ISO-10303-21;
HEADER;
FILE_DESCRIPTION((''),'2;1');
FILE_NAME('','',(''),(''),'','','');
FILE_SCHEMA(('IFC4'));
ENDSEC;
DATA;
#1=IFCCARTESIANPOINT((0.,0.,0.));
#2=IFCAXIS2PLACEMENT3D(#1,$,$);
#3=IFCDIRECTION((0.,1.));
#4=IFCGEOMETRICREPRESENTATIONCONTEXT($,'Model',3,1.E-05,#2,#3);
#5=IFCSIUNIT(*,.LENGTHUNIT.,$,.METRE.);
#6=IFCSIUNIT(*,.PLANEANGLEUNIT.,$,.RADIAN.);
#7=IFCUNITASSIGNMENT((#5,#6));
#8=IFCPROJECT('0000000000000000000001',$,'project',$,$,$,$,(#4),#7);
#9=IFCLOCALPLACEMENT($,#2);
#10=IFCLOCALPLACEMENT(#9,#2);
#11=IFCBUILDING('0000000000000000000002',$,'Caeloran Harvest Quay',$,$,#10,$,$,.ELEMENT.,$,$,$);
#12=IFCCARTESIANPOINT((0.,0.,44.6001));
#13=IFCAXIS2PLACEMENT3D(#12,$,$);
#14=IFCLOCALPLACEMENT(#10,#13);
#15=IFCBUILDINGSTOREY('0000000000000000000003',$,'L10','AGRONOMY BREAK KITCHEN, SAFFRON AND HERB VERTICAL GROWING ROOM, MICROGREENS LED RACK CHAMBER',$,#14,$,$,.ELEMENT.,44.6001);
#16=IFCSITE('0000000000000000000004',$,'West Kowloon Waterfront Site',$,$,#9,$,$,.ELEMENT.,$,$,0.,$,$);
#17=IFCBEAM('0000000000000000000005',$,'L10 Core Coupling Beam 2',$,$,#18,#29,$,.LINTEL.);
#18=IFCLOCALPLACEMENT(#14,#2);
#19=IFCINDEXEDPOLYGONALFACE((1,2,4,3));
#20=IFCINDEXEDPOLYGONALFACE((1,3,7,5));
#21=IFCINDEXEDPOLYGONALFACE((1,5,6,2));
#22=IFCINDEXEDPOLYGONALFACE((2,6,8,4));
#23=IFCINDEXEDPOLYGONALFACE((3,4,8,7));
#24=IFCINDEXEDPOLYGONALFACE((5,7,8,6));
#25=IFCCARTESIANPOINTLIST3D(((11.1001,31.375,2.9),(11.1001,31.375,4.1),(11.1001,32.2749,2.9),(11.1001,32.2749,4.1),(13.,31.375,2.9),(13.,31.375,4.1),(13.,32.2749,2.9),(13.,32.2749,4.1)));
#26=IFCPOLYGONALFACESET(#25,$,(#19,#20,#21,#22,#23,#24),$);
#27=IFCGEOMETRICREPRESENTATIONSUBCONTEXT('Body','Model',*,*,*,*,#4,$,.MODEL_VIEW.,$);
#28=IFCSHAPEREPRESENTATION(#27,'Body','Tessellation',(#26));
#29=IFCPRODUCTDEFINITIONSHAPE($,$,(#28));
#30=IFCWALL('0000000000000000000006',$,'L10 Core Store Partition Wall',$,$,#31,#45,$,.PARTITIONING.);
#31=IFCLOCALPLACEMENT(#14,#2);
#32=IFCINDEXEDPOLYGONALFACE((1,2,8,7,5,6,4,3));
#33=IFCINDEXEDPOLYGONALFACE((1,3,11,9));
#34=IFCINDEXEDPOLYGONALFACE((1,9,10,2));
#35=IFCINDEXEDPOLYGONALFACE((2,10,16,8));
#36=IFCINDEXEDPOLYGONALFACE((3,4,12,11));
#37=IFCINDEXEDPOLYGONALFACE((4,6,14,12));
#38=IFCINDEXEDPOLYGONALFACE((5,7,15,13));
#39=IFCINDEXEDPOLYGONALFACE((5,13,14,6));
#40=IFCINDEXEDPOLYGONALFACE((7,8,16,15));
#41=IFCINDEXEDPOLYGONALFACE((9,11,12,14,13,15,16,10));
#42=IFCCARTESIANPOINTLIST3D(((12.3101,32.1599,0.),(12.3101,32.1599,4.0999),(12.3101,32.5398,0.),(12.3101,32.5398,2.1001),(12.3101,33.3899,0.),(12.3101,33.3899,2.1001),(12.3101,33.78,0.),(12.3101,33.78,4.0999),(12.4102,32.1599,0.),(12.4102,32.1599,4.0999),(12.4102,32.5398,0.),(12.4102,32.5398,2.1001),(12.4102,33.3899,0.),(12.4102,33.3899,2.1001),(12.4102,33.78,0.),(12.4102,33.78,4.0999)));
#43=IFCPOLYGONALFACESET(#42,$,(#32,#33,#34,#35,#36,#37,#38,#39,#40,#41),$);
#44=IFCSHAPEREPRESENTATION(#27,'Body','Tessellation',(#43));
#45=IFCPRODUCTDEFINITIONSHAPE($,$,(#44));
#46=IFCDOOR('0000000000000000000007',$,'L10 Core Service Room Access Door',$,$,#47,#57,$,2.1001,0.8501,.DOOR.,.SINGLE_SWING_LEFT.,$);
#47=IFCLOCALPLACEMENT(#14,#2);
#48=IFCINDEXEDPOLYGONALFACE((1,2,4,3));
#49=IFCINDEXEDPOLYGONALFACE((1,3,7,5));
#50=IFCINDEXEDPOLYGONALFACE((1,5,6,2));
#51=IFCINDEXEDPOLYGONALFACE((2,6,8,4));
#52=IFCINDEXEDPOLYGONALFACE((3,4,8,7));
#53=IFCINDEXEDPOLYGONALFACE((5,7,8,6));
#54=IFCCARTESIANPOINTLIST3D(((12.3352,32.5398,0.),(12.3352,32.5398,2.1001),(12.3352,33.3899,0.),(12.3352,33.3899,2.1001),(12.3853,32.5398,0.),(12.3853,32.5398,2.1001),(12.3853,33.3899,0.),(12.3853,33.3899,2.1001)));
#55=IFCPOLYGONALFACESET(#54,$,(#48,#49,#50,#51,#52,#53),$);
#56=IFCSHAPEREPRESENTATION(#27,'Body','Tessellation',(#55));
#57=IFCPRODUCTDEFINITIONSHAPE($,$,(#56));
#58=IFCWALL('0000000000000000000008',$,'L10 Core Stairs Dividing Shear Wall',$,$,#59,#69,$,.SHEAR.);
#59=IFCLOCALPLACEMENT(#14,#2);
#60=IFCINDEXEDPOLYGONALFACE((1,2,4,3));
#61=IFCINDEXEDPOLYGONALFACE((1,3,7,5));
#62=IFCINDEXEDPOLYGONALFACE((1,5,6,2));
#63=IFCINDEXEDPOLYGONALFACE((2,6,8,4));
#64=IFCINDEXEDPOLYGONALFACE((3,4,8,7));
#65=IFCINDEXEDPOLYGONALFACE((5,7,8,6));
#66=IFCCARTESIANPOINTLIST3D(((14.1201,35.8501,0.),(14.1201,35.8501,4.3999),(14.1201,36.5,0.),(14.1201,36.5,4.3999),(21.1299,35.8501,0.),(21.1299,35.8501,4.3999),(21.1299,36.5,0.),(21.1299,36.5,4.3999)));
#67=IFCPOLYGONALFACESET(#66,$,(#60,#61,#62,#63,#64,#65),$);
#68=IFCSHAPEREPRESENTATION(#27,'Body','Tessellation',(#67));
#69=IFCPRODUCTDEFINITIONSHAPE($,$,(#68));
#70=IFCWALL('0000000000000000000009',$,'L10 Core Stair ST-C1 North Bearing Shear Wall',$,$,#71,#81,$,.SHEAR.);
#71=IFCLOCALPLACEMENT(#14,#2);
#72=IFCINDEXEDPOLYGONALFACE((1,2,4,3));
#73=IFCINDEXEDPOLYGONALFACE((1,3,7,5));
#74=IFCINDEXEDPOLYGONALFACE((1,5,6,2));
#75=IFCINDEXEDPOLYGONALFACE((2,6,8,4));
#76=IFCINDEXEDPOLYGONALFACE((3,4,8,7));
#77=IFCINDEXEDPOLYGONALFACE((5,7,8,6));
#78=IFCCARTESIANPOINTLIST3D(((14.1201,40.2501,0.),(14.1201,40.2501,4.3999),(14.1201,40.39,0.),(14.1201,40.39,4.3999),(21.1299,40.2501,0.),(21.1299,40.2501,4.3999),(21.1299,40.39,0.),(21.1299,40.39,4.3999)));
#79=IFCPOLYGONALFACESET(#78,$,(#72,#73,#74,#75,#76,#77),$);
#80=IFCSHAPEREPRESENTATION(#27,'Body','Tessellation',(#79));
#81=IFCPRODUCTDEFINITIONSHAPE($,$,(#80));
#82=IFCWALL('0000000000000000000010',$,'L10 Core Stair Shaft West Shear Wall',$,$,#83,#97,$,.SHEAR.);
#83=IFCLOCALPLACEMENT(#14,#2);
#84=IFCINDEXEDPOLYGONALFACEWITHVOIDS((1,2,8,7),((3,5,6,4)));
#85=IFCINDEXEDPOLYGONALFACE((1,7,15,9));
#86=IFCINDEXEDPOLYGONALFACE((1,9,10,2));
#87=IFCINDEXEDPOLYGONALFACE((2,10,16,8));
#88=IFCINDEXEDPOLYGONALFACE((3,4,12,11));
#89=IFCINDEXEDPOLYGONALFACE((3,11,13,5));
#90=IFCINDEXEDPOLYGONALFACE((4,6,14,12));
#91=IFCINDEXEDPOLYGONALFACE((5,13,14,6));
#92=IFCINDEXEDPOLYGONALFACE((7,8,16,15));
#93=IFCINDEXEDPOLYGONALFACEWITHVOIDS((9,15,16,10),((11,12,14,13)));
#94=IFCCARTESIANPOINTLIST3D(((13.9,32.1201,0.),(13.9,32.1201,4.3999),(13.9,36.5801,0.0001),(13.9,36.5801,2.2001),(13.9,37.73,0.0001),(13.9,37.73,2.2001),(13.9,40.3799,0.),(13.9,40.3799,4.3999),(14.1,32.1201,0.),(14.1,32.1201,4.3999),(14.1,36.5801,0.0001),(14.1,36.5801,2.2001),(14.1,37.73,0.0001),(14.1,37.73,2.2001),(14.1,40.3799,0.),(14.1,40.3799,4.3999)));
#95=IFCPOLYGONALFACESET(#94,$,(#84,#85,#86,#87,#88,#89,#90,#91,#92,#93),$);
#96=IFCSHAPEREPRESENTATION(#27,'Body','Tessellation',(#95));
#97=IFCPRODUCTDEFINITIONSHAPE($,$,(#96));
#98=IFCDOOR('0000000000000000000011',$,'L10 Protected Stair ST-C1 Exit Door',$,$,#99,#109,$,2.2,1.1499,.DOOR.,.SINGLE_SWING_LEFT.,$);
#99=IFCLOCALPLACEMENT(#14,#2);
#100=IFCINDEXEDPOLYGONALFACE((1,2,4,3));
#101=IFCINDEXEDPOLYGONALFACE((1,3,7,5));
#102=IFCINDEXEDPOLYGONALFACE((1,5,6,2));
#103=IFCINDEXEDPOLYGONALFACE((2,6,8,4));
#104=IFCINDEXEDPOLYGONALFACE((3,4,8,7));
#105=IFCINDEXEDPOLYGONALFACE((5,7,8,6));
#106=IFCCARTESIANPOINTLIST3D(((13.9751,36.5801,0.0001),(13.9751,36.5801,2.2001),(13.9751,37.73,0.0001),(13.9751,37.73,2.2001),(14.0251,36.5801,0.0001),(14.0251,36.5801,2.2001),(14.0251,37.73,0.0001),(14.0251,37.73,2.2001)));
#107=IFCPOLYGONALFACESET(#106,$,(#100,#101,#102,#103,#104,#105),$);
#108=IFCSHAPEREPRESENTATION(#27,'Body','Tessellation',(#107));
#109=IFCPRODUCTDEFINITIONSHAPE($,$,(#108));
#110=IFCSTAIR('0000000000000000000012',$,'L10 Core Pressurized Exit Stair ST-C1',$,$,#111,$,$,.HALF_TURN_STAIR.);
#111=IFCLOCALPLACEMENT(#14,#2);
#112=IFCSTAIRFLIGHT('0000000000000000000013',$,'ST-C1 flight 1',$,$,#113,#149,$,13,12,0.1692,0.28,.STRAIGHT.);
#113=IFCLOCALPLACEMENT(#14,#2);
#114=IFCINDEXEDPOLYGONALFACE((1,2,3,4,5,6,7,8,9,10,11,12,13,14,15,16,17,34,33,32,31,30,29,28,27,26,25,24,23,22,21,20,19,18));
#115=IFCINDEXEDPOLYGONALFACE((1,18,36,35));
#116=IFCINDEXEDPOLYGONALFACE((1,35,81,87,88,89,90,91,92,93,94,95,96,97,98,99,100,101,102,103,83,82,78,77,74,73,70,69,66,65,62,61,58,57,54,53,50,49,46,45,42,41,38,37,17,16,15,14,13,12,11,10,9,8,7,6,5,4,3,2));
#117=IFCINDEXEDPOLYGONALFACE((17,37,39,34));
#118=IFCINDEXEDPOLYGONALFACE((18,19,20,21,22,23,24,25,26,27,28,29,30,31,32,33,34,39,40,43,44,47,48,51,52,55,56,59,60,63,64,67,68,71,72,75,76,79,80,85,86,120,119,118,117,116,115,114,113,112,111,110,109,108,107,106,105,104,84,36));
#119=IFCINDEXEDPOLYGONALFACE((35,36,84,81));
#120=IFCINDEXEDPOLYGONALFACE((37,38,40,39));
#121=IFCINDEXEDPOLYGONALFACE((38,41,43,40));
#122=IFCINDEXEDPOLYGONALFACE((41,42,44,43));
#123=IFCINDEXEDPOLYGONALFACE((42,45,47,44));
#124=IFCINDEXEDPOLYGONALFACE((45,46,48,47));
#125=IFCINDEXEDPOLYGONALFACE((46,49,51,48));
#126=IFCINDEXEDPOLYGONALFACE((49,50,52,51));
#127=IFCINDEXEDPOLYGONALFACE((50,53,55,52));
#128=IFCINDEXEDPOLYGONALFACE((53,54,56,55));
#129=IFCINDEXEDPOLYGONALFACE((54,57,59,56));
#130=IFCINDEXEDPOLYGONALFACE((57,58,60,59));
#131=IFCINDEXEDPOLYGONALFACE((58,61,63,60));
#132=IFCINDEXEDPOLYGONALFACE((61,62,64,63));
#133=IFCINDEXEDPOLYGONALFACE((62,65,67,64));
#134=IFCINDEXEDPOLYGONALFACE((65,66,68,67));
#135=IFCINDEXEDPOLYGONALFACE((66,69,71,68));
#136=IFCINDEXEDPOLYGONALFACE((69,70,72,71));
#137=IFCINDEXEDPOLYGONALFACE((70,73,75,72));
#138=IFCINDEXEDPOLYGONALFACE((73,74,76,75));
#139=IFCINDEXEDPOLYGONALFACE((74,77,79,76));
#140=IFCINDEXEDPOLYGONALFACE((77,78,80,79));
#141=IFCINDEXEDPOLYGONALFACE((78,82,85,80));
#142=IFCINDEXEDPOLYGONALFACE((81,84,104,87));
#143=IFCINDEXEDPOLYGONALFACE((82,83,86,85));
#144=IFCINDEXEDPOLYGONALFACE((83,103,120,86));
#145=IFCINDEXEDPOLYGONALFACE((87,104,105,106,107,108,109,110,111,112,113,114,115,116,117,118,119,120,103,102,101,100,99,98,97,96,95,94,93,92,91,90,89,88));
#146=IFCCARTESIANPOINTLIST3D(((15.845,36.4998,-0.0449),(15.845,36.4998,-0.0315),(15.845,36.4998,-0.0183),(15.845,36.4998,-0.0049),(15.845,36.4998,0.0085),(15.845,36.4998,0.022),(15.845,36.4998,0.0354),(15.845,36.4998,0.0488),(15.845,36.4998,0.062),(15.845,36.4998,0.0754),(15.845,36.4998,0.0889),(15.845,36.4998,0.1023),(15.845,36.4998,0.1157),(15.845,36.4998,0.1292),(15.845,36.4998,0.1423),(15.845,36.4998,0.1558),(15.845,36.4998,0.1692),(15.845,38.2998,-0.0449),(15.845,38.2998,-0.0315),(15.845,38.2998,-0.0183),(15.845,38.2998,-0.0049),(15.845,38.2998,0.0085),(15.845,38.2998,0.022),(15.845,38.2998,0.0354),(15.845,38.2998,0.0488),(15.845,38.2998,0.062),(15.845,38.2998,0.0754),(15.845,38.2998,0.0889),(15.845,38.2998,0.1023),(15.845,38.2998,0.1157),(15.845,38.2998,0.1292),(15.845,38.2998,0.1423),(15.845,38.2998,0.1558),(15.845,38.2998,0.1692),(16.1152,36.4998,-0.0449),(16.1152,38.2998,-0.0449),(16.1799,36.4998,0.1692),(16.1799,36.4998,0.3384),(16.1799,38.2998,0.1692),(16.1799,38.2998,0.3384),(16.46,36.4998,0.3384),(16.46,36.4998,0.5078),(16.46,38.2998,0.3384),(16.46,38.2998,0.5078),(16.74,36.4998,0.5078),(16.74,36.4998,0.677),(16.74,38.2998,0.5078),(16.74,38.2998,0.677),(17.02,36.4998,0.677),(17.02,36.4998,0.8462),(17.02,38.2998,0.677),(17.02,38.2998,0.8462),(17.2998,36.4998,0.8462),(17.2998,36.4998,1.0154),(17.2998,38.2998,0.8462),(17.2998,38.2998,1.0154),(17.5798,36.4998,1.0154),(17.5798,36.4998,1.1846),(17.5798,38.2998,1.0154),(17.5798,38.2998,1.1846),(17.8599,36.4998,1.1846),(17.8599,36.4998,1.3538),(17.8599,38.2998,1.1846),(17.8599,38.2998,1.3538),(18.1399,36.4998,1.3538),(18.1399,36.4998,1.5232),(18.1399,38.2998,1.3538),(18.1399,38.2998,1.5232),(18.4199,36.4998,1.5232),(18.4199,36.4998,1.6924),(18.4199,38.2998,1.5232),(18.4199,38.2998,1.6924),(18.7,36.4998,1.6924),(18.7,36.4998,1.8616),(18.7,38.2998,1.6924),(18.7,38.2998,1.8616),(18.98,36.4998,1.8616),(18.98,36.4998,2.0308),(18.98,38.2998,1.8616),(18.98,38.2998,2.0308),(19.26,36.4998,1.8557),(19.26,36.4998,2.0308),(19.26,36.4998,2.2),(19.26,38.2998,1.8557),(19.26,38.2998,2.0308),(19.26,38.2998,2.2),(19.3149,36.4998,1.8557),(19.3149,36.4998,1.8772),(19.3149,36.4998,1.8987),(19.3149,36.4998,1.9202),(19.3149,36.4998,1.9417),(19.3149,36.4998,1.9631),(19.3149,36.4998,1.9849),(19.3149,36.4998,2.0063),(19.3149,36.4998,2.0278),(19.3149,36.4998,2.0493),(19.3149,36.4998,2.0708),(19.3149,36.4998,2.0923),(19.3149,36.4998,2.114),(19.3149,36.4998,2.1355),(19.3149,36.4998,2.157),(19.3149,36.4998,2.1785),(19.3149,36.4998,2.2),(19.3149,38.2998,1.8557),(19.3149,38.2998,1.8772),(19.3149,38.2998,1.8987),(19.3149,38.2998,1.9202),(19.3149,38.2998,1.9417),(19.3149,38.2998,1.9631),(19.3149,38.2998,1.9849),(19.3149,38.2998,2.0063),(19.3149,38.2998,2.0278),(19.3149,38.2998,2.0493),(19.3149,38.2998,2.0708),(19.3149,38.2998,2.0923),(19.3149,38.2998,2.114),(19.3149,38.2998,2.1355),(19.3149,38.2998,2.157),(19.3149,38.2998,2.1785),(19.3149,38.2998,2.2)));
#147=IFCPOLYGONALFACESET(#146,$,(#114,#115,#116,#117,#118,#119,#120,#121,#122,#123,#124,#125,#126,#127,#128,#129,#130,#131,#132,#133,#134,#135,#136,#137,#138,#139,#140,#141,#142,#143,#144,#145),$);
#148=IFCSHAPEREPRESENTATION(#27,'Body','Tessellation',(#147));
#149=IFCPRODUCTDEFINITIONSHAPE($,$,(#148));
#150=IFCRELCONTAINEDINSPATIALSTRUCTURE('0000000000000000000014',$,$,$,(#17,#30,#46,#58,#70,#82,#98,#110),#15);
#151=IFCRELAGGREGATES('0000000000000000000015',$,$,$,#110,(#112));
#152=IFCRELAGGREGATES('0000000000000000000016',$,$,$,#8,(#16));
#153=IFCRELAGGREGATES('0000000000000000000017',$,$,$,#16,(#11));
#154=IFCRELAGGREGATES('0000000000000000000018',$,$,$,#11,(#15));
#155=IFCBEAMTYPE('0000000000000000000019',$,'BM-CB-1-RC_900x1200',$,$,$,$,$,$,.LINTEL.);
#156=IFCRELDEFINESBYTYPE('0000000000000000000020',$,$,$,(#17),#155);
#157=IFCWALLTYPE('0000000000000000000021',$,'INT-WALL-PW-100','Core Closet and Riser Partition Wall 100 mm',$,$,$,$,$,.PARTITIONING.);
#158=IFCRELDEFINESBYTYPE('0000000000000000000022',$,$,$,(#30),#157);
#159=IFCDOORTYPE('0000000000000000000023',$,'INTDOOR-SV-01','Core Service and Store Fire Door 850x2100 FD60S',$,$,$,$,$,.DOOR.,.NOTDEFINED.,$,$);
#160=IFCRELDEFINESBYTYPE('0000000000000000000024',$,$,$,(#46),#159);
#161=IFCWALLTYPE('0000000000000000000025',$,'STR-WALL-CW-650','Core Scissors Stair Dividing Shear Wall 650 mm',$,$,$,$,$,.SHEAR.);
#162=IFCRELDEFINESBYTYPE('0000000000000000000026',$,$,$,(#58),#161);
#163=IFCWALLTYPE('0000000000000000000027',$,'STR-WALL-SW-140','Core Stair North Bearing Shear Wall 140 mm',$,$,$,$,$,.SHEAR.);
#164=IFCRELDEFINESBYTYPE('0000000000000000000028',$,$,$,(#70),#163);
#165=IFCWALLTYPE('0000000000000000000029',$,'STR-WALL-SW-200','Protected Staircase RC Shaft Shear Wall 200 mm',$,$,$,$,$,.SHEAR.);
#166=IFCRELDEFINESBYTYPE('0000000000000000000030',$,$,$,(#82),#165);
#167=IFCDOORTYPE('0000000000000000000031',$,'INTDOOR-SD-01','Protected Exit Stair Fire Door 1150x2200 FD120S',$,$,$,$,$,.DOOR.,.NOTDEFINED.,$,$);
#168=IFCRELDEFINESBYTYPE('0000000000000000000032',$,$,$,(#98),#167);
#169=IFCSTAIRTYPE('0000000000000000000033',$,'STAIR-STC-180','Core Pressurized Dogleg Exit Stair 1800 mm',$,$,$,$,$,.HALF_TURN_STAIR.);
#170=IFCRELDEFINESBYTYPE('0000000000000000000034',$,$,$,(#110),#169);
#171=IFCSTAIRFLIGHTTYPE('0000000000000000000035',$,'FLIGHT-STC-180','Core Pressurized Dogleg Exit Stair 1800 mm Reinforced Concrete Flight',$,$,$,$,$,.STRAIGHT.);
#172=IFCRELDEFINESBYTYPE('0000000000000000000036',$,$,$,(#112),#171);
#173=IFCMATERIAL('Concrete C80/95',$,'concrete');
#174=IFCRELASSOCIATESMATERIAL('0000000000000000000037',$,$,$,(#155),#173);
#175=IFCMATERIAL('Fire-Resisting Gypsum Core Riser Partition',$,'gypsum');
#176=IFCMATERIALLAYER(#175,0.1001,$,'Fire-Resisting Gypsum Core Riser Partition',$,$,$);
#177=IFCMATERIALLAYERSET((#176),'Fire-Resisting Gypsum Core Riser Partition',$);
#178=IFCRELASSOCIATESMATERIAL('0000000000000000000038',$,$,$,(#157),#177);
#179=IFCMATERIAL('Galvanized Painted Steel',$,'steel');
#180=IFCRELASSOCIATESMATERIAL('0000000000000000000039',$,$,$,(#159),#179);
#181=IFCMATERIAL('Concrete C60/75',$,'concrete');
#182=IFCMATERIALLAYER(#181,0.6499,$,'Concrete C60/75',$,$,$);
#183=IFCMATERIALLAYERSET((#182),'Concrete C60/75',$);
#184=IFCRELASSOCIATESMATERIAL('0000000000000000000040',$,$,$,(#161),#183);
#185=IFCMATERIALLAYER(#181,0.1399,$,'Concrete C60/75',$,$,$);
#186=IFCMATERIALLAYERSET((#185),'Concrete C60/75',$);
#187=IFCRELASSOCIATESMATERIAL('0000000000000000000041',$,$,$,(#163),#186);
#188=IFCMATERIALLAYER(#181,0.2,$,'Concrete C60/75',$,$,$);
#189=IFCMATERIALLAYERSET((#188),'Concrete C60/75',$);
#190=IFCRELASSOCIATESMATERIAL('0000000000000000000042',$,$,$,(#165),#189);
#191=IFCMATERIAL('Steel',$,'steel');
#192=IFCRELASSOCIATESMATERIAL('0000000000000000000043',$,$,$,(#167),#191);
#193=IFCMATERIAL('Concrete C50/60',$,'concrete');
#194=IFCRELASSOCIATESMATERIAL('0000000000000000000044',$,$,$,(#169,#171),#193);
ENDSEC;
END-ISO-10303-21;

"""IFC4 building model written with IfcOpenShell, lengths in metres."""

from ifc_helpers import new_model, si_unit, direction, frame, frame_2d, origin, origin_2d, place, context, subcontext, project, spatial, polyline, rectangle, outline, extrude, material, layer, layer_set, material_profile, profile_set, type_object, element, fill, aggregate, save


model = new_model("IFC4")

# Units and contexts
model_context = context("Model", 3, precision=1e-05, world=origin(), true_north=direction((0.0, 1.0)))
body_context = subcontext(model_context, "Body", "Model", "MODEL_VIEW")
ifc_project = project(units=[si_unit("LENGTHUNIT", "METRE"), si_unit("PLANEANGLEUNIT", "RADIAN")], contexts=[model_context])

# Site, building, storey
site_placement = place(None, origin())
site = spatial("IfcSite", under=ifc_project, at=site_placement, Name="West Kowloon Waterfront Site", CompositionType="ELEMENT", RefElevation=0.0)
building_placement = place(site_placement, origin())
building = spatial("IfcBuilding", under=site, at=building_placement, Name="Caeloran Harvest Quay", CompositionType="ELEMENT")
storey_placement = place(building_placement, frame((0.0, 0.0, 44.6001)))
storey = spatial("IfcBuildingStorey", under=building, at=storey_placement, Name="L10", Description="AGRONOMY BREAK KITCHEN, SAFFRON AND HERB VERTICAL GROWING ROOM, MICROGREENS LED RACK CHAMBER", CompositionType="ELEMENT", Elevation=44.6001)

# Beam
ifc_material_1 = material(Name="Concrete C80/95", Category="concrete")
ifc_material_profile = material_profile(ifc_material_1, rectangle(XDim=0.8999, YDim=1.2, at=origin_2d()), Name="RC 900x1200")
ifc_profile_set = profile_set([ifc_material_profile], Name="Concrete C80/95")
beam_type = type_object("IfcBeamType", Name="BM-CB-1-RC_900x1200", PredefinedType="LINTEL", material=ifc_profile_set)
beam_placement = place(storey_placement, frame((11.1001, 31.825, 3.5), z_axis=(1.0, 0.0, 0.0), x_axis=(0.0, 1.0, 0.0)))
element("IfcBeam", 1, at=beam_placement, inside=storey, type_object=beam_type, Name="L10 Core Coupling Beam 2", PredefinedType="LINTEL", context=body_context, shape_type="SweptSolid", body=[
    extrude(rectangle(XDim=0.8999, YDim=1.2, at=origin_2d()), origin(), (0.0, 0.0, 1.0), 1.8999),
])

# Wall, opening, door
ifc_material_2 = material(Name="Fire-Resisting Gypsum Core Riser Partition", Category="gypsum")
ifc_layer_1 = layer(ifc_material_2, 0.1001, Name="Fire-Resisting Gypsum Core Riser Partition")
ifc_layer_set_1 = layer_set([ifc_layer_1], Name="Fire-Resisting Gypsum Core Riser Partition")
wall_type_1 = type_object("IfcWallType", Name="INT-WALL-PW-100", Description="Core Closet and Riser Partition Wall 100 mm", PredefinedType="PARTITIONING", material=ifc_layer_set_1)
wall_1_placement = place(storey_placement, frame((12.3601, 32.1599, 0.0), z_axis=(0.0, 0.0, 1.0), x_axis=(0.0, 1.0, 0.0)))
wall_1 = element("IfcWall", 2, at=wall_1_placement, inside=storey, type_object=wall_type_1, Name="L10 Core Store Partition Wall", PredefinedType="PARTITIONING", context=body_context, shape_type="SweptSolid", body=[
    extrude(rectangle(XDim=1.6201, YDim=0.1001, at=frame_2d((0.8101, 0.0))), origin(), (0.0, 0.0, 1.0), 4.0999),
])
opening_1_placement = place(wall_1_placement, frame((0.3799, 0.0, 0.0)))
opening_1 = element("IfcOpeningElement", 3, at=opening_1_placement, cuts=wall_1, PredefinedType="OPENING", context=body_context, shape_type="SweptSolid", body=[
    extrude(rectangle(XDim=0.8501, YDim=2.1001, at=frame_2d((0.425, 1.05))), frame((0.0, 0.0601, 0.0), z_axis=(0.0, -1.0, 0.0), x_axis=(1.0, 0.0, 0.0)), (0.0, 0.0, 1.0), 0.1201),
])
ifc_material_3 = material(Name="Galvanized Painted Steel", Category="steel")
door_type_1 = type_object("IfcDoorType", Name="INTDOOR-SV-01", Description="Core Service and Store Fire Door 850x2100 FD60S", OperationType="NOTDEFINED", PredefinedType="DOOR", material=ifc_material_3)
door_1_placement = place(opening_1_placement, origin())
door_1 = element("IfcDoor", 4, at=door_1_placement, inside=storey, type_object=door_type_1, Name="L10 Core Service Room Access Door", OperationType="SINGLE_SWING_LEFT", OverallHeight=2.1001, OverallWidth=0.8501, PredefinedType="DOOR", context=body_context, shape_type="SweptSolid", body=[
    extrude(rectangle(XDim=0.8501, YDim=2.1001, at=frame_2d((0.425, 1.05))), frame((0.0, 0.0249, 0.0), z_axis=(0.0, -1.0, 0.0), x_axis=(1.0, 0.0, 0.0)), (0.0, 0.0, 1.0), 0.05),
])
fill(opening_1, door_1)

# Walls
ifc_material_4 = material(Name="Concrete C60/75", Category="concrete")
ifc_layer_2 = layer(ifc_material_4, 0.6499, Name="Concrete C60/75")
ifc_layer_set_2 = layer_set([ifc_layer_2], Name="Concrete C60/75")
wall_type_2 = type_object("IfcWallType", Name="STR-WALL-CW-650", Description="Core Scissors Stair Dividing Shear Wall 650 mm", PredefinedType="SHEAR", material=ifc_layer_set_2)
wall_2_placement = place(storey_placement, frame((14.1201, 36.175, 0.0), z_axis=(0.0, 0.0, 1.0), x_axis=(1.0, 0.0, 0.0)))
element("IfcWall", 5, at=wall_2_placement, inside=storey, type_object=wall_type_2, Name="L10 Core Stairs Dividing Shear Wall", PredefinedType="SHEAR", context=body_context, shape_type="SweptSolid", body=[
    extrude(rectangle(XDim=7.0098, YDim=0.6499, at=frame_2d((3.5049, 0.0))), origin(), (0.0, 0.0, 1.0), 4.3999),
])
ifc_layer_3 = layer(ifc_material_4, 0.1399, Name="Concrete C60/75")
ifc_layer_set_3 = layer_set([ifc_layer_3], Name="Concrete C60/75")
wall_type_3 = type_object("IfcWallType", Name="STR-WALL-SW-140", Description="Core Stair North Bearing Shear Wall 140 mm", PredefinedType="SHEAR", material=ifc_layer_set_3)
wall_3_placement = place(storey_placement, frame((14.1201, 40.3201, 0.0), z_axis=(0.0, 0.0, 1.0), x_axis=(1.0, 0.0, 0.0)))
element("IfcWall", 6, at=wall_3_placement, inside=storey, type_object=wall_type_3, Name="L10 Core Stair ST-C1 North Bearing Shear Wall", PredefinedType="SHEAR", context=body_context, shape_type="SweptSolid", body=[
    extrude(rectangle(XDim=7.0098, YDim=0.1399, at=frame_2d((3.5049, 0.0))), origin(), (0.0, 0.0, 1.0), 4.3999),
])

# Wall, opening, door
ifc_layer_4 = layer(ifc_material_4, 0.2, Name="Concrete C60/75")
ifc_layer_set_4 = layer_set([ifc_layer_4], Name="Concrete C60/75")
wall_type_4 = type_object("IfcWallType", Name="STR-WALL-SW-200", Description="Protected Staircase RC Shaft Shear Wall 200 mm", PredefinedType="SHEAR", material=ifc_layer_set_4)
wall_4_placement = place(storey_placement, frame((14.0, 32.1201, 0.0), z_axis=(0.0, 0.0, 1.0), x_axis=(0.0, 1.0, 0.0)))
wall_4 = element("IfcWall", 7, at=wall_4_placement, inside=storey, type_object=wall_type_4, Name="L10 Core Stair Shaft West Shear Wall", PredefinedType="SHEAR", context=body_context, shape_type="SweptSolid", body=[
    extrude(rectangle(XDim=8.2598, YDim=0.2, at=frame_2d((4.1299, 0.0))), origin(), (0.0, 0.0, 1.0), 4.3999),
])
opening_2_placement = place(wall_4_placement, frame((4.46, 0.0, 0.0)))
opening_2 = element("IfcOpeningElement", 8, at=opening_2_placement, cuts=wall_4, PredefinedType="OPENING", context=body_context, shape_type="SweptSolid", body=[
    extrude(rectangle(XDim=1.1499, YDim=2.2, at=frame_2d((0.575, 1.1001))), frame((0.0, 0.1099, 0.0), z_axis=(0.0, -1.0, 0.0), x_axis=(1.0, 0.0, 0.0)), (0.0, 0.0, 1.0), 0.22),
])
ifc_material_5 = material(Name="Steel", Category="steel")
door_type_2 = type_object("IfcDoorType", Name="INTDOOR-SD-01", Description="Protected Exit Stair Fire Door 1150x2200 FD120S", OperationType="NOTDEFINED", PredefinedType="DOOR", material=ifc_material_5)
door_2_placement = place(opening_2_placement, origin())
door_2 = element("IfcDoor", 9, at=door_2_placement, inside=storey, type_object=door_type_2, Name="L10 Protected Stair ST-C1 Exit Door", OperationType="SINGLE_SWING_LEFT", OverallHeight=2.2, OverallWidth=1.1499, PredefinedType="DOOR", context=body_context, shape_type="SweptSolid", body=[
    extrude(rectangle(XDim=1.1499, YDim=2.2, at=frame_2d((0.575, 1.1001))), frame((0.0, 0.0249, 0.0), z_axis=(0.0, -1.0, 0.0), x_axis=(1.0, 0.0, 0.0)), (0.0, 0.0, 1.0), 0.05),
])
fill(opening_2, door_2)

# Stair, stair flight
ifc_material_6 = material(Name="Concrete C50/60", Category="concrete")
stair_type = type_object("IfcStairType", Name="STAIR-STC-180", Description="Core Pressurized Dogleg Exit Stair 1800 mm", PredefinedType="HALF_TURN_STAIR", material=ifc_material_6)
stair_1_placement = place(storey_placement, origin())
stair_1 = element("IfcStair", 10, at=stair_1_placement, inside=storey, type_object=stair_type, Name="L10 Core Pressurized Exit Stair ST-C1", PredefinedType="HALF_TURN_STAIR")
stair_flight_type = type_object("IfcStairFlightType", Name="FLIGHT-STC-180", Description="Core Pressurized Dogleg Exit Stair 1800 mm Reinforced Concrete Flight", PredefinedType="STRAIGHT", material=ifc_material_6)
stair_flight_1_placement = place(storey_placement, frame((15.8999, 37.3999, 0.0), z_axis=(0.0, 0.0, 1.0), x_axis=(1.0, 0.0, 0.0)))
stair_flight_1 = element("IfcStairFlight", 11, at=stair_flight_1_placement, type_object=stair_flight_type, Name="ST-C1 flight 1", NumberOfRisers=13, NumberOfTreads=12, PredefinedType="STRAIGHT", RiserHeight=0.1692, TreadLength=0.28, context=body_context, shape_type="SweptSolid", body=[
    extrude(outline(polyline([(-0.0549, -0.0449), (-0.0549, -0.0315), (-0.0549, -0.0183), (-0.0549, -0.0049), (-0.0549, 0.0085), (-0.0549, 0.022), (-0.0549, 0.0354), (-0.0549, 0.0488), (-0.0549, 0.062), (-0.0549, 0.0754), (-0.0549, 0.0889), (-0.0549, 0.1023), (-0.0549, 0.1157), (-0.0549, 0.1292), (-0.0549, 0.1423), (-0.0549, 0.1558), (-0.0549, 0.1692), (0.28, 0.1692), (0.28, 0.3384), (0.5601, 0.3384), (0.5601, 0.5078), (0.8401, 0.5078), (0.8401, 0.677), (1.1201, 0.677), (1.1201, 0.8462), (1.3999, 0.8462), (1.3999, 1.0154), (1.6799, 1.0154), (1.6799, 1.1846), (1.96, 1.1846), (1.96, 1.3538), (2.24, 1.3538), (2.24, 1.5232), (2.52, 1.5232), (2.52, 1.6924), (2.8, 1.6924), (2.8, 1.8616), (3.0801, 1.8616), (3.0801, 2.0308), (3.3601, 2.0308), (3.3601, 2.2), (3.415, 2.2), (3.415, 2.1785), (3.415, 2.157), (3.415, 2.1355), (3.415, 2.114), (3.415, 2.0923), (3.415, 2.0708), (3.415, 2.0493), (3.415, 2.0278), (3.415, 2.0063), (3.415, 1.9849), (3.415, 1.9631), (3.415, 1.9417), (3.415, 1.9202), (3.415, 1.8987), (3.415, 1.8772), (3.415, 1.8557), (3.3601, 1.8557), (0.2153, -0.0449), (-0.0549, -0.0449)])), frame((0.0, 0.8999, 0.0), z_axis=(0.0, -1.0, 0.0), x_axis=(1.0, 0.0, 0.0)), (0.0, 0.0, 1.0), 1.8),
])
aggregate(stair_1, [stair_flight_1])

save(model, "model.ifc")
